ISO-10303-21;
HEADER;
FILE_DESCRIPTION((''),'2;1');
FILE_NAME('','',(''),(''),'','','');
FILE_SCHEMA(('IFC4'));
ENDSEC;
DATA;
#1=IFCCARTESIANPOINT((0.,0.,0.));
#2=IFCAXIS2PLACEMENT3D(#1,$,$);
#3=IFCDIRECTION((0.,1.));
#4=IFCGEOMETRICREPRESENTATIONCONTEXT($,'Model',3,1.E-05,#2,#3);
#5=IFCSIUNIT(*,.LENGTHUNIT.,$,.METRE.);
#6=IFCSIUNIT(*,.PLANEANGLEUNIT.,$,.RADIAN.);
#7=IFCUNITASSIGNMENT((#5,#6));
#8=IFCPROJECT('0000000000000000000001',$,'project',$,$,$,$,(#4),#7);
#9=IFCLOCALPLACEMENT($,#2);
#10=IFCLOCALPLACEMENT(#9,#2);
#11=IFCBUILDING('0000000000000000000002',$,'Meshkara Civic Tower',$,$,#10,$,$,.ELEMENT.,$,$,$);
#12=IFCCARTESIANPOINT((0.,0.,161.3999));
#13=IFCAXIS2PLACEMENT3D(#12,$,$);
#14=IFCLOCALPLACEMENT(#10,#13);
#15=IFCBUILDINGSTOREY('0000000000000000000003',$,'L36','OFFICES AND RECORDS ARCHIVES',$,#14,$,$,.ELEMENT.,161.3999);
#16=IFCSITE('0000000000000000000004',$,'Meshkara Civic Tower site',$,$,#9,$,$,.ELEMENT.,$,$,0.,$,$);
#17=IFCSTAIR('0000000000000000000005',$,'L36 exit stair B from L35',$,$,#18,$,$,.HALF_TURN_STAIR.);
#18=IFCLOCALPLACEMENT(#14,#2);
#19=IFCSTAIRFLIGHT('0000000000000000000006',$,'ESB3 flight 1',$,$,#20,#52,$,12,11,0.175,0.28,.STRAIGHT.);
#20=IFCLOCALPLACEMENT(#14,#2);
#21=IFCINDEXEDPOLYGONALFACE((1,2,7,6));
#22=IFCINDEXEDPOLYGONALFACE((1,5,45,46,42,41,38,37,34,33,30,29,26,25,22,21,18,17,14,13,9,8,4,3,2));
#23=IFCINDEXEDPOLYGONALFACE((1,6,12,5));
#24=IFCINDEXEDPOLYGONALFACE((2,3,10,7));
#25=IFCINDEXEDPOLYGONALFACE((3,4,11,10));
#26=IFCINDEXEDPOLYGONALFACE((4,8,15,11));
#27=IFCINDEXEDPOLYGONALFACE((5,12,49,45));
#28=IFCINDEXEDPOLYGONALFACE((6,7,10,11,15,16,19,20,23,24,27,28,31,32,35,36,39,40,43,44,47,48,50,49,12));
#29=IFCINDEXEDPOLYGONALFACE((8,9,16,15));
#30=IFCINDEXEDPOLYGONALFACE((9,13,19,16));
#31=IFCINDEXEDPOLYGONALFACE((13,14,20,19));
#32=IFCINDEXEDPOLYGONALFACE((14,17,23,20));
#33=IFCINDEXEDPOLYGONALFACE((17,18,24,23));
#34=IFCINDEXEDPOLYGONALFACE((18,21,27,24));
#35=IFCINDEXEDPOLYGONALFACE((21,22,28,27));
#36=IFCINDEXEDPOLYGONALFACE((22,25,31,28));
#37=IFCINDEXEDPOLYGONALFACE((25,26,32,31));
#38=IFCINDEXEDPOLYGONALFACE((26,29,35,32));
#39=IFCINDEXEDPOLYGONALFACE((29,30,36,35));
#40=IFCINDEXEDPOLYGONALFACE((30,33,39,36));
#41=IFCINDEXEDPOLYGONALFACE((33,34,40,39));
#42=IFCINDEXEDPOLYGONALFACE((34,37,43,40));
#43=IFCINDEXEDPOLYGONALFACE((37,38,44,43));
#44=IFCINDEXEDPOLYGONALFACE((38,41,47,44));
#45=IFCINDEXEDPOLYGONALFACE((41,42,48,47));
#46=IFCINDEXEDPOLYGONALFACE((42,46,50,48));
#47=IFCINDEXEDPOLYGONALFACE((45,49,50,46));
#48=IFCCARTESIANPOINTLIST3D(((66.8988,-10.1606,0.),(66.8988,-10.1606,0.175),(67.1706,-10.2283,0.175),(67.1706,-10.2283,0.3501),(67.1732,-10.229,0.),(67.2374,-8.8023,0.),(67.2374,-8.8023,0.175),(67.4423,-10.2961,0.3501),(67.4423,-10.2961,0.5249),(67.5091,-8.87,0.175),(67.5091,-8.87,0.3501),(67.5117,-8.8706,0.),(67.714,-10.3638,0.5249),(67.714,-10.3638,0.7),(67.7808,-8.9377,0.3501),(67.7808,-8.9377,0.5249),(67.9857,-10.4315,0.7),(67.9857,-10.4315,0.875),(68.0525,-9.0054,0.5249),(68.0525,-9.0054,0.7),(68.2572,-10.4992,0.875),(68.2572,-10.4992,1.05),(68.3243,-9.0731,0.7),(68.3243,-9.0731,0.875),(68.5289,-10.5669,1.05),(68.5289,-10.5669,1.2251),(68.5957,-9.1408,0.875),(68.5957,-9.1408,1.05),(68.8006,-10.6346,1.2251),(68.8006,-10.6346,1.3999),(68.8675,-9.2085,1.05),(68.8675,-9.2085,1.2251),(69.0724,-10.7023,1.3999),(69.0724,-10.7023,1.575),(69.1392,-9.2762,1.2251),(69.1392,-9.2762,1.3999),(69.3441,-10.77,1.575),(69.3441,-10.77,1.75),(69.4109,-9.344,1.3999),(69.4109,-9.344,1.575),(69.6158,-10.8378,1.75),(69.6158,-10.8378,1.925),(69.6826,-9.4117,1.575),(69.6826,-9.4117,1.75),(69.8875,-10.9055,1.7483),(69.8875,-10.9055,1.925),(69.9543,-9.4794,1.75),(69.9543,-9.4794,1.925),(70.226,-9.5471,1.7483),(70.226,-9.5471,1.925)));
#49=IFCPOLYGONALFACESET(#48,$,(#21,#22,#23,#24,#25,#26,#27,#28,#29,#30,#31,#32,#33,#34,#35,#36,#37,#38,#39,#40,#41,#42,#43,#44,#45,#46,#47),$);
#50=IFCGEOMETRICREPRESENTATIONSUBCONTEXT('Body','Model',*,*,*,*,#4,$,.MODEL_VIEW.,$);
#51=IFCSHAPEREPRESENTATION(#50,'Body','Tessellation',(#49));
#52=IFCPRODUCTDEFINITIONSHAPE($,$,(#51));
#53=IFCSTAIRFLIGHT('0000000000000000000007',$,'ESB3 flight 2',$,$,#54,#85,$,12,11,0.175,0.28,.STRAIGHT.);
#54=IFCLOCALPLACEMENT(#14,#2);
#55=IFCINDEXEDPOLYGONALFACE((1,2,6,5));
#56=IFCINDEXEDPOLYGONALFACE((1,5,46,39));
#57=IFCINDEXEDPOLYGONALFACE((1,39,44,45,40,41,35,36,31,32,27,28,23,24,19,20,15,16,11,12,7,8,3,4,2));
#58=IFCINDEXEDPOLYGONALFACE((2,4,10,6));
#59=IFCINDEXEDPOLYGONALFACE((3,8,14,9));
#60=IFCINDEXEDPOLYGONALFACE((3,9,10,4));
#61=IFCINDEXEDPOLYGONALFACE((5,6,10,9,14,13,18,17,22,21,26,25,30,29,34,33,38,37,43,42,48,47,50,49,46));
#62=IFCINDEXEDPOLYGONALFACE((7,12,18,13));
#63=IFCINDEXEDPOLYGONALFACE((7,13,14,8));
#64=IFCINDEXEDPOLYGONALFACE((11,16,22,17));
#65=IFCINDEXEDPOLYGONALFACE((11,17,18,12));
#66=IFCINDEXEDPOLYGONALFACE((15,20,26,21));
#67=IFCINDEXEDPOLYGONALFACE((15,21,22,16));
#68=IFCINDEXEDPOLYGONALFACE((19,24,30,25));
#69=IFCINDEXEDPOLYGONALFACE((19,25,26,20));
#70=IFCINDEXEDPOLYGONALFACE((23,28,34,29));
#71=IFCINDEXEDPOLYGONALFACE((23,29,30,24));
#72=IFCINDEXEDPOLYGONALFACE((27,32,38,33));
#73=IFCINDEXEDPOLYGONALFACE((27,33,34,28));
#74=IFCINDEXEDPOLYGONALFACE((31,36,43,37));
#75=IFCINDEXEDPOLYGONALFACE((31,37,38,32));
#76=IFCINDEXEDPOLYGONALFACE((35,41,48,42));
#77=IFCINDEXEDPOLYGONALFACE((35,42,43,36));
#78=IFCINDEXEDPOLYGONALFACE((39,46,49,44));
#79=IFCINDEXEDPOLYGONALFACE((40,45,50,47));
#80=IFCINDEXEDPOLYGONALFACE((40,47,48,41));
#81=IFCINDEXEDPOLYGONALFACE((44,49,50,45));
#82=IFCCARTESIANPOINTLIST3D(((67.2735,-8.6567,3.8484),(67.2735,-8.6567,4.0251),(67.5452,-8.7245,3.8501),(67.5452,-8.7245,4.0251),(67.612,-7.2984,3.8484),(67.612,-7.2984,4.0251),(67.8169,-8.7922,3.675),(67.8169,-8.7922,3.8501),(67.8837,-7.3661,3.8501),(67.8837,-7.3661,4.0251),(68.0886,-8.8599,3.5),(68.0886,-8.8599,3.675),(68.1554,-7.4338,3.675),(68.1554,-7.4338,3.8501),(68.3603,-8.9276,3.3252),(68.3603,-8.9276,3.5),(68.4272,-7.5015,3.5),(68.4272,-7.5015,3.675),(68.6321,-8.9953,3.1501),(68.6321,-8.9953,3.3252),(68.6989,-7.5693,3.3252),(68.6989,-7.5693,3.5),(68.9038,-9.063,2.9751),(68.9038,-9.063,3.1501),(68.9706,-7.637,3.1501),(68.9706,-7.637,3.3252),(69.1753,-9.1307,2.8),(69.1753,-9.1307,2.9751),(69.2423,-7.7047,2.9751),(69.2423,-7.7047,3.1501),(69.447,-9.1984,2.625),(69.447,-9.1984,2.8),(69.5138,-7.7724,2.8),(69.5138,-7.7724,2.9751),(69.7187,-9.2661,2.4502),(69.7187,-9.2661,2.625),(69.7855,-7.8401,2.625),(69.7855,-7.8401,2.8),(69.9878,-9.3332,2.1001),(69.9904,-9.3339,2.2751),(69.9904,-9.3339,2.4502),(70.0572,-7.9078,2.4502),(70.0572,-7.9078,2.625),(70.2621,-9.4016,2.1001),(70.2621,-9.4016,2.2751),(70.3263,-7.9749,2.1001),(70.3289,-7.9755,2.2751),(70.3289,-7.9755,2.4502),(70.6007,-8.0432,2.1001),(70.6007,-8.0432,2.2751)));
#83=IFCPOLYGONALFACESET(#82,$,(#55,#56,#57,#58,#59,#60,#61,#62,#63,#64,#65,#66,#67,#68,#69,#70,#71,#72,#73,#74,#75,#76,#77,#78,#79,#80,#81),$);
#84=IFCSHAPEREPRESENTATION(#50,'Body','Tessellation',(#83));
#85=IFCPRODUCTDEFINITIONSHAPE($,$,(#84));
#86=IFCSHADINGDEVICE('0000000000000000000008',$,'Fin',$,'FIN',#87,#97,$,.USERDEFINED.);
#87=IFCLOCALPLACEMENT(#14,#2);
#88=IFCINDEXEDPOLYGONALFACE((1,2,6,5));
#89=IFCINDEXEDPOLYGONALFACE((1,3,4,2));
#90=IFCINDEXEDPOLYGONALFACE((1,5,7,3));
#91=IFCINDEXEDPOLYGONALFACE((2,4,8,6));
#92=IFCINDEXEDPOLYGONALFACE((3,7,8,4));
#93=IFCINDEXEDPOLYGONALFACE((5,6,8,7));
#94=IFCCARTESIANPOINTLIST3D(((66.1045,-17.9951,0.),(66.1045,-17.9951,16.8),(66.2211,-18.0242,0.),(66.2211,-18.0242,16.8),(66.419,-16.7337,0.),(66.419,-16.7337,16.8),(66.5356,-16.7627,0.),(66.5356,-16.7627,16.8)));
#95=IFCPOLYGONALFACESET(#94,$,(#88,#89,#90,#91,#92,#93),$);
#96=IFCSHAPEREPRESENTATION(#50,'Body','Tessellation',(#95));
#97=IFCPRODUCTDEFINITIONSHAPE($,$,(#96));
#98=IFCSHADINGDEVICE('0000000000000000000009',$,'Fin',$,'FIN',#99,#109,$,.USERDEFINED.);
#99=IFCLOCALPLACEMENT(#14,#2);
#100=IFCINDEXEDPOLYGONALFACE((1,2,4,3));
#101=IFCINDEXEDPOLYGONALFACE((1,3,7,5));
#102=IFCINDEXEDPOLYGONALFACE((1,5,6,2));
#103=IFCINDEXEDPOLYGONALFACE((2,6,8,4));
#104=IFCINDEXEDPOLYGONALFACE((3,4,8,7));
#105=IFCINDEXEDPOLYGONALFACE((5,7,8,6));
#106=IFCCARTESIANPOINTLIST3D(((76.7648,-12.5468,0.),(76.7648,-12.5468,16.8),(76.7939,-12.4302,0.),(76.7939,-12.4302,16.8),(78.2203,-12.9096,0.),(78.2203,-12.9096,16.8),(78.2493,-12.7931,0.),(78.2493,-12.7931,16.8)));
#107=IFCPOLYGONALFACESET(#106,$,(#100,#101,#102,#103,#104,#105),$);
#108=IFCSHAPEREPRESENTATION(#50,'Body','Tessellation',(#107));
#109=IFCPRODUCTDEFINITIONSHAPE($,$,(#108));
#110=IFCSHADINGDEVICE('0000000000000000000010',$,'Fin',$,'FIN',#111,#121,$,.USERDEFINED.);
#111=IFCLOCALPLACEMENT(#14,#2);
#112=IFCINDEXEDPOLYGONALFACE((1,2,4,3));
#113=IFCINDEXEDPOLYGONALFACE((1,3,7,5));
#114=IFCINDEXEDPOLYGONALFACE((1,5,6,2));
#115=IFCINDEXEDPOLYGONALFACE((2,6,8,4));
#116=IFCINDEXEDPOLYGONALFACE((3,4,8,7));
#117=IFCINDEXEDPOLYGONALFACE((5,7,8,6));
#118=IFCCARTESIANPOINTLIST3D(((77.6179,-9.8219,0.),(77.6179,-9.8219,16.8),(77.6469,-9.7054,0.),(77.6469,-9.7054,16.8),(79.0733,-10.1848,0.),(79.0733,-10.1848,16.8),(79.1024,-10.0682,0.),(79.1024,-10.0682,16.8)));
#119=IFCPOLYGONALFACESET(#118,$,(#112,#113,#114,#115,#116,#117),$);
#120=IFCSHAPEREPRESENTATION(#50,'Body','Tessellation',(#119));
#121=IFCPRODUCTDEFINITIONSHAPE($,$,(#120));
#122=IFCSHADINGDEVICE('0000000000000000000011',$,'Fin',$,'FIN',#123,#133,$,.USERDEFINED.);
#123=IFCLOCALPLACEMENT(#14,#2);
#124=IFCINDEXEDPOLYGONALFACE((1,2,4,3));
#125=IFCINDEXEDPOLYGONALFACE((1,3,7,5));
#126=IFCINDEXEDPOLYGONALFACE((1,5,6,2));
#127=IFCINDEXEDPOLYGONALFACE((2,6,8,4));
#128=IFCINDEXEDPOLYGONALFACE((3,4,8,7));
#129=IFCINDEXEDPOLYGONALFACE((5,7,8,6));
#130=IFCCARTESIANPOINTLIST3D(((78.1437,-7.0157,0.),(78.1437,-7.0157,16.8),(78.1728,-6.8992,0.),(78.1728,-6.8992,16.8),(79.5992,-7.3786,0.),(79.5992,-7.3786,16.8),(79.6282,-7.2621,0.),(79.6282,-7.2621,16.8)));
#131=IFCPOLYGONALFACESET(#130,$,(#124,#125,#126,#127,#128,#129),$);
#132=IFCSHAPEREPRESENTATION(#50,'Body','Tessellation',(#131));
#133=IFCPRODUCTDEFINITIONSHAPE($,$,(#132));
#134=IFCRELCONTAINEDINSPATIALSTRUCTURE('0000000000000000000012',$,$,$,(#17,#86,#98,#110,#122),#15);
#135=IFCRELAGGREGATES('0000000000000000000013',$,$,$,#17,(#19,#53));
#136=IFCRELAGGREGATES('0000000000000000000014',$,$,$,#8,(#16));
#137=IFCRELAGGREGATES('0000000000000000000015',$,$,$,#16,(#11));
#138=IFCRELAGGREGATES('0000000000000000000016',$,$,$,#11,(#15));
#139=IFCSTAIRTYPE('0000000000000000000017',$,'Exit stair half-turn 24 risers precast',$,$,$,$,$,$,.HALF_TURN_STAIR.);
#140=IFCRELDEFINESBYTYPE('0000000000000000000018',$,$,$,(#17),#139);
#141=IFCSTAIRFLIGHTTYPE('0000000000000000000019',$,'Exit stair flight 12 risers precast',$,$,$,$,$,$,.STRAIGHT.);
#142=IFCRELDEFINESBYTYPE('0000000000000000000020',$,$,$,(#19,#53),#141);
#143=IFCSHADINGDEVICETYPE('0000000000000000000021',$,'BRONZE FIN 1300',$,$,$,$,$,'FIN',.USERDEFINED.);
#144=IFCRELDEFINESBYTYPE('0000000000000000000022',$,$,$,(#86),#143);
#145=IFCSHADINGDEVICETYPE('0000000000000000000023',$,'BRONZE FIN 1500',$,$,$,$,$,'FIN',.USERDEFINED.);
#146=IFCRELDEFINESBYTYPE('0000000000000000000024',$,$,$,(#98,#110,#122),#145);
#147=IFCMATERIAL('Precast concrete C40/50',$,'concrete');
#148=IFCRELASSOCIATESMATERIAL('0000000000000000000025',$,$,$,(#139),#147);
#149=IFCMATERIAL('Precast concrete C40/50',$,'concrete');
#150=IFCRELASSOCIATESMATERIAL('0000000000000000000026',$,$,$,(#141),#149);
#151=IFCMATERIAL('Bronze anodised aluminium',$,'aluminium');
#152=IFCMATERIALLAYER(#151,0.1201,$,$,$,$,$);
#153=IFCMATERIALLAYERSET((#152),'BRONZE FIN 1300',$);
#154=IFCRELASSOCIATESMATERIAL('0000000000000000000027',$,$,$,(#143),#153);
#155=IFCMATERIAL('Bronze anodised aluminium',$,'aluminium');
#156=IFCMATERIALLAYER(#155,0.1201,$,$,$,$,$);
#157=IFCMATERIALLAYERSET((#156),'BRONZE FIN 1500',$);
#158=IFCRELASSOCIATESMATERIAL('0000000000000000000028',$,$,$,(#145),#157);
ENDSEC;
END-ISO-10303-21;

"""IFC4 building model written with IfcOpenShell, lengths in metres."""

from ifc_helpers import new_model, si_unit, direction, frame, origin, origin_2d, place, context, subcontext, project, spatial, polyline, rectangle, outline, extrude, material, layer, layer_set, type_object, element, aggregate, save


model = new_model("IFC4")

# Units and contexts
model_context = context("Model", 3, precision=1e-05, world=origin(), true_north=direction((0.0, 1.0)))
body_context = subcontext(model_context, "Body", "Model", "MODEL_VIEW")
ifc_project = project(units=[si_unit("LENGTHUNIT", "METRE"), si_unit("PLANEANGLEUNIT", "RADIAN")], contexts=[model_context])

# Site, building, storey
site_placement = place(None, origin())
site = spatial("IfcSite", under=ifc_project, at=site_placement, Name="Meshkara Civic Tower site", CompositionType="ELEMENT", RefElevation=0.0)
building_placement = place(site_placement, origin())
building = spatial("IfcBuilding", under=site, at=building_placement, Name="Meshkara Civic Tower", CompositionType="ELEMENT")
storey_placement = place(building_placement, frame((0.0, 0.0, 161.3999)))
storey = spatial("IfcBuildingStorey", under=building, at=storey_placement, Name="L36", Description="OFFICES AND RECORDS ARCHIVES", CompositionType="ELEMENT", Elevation=161.3999)

# Stair, stair flights
ifc_material_1 = material(Name="Precast concrete C40/50", Category="concrete")
stair_type = type_object("IfcStairType", Name="Exit stair half-turn 24 risers precast", PredefinedType="HALF_TURN_STAIR", material=ifc_material_1)
stair_placement = place(storey_placement, origin())
stair = element("IfcStair", 1, at=stair_placement, inside=storey, type_object=stair_type, Name="L36 exit stair B from L35", PredefinedType="HALF_TURN_STAIR")
ifc_material_2 = material(Name="Precast concrete C40/50", Category="concrete")
stair_flight_type = type_object("IfcStairFlightType", Name="Exit stair flight 12 risers precast", PredefinedType="STRAIGHT", material=ifc_material_2)
stair_flight_1_placement = place(storey_placement, frame((67.0681, -9.4814, 0.0), z_axis=(0.0, 0.0, 1.0), x_axis=(0.970319, -0.24183, 0.0)))
stair_flight_1 = element("IfcStairFlight", 2, at=stair_flight_1_placement, type_object=stair_flight_type, Name="ESB3 flight 1", NumberOfRisers=12, NumberOfTreads=11, PredefinedType="STRAIGHT", RiserHeight=0.175, TreadLength=0.28, context=body_context, shape_type="SweptSolid", body=[
    extrude(outline(polyline([(0.0, 0.0), (0.0, 0.175), (0.28, 0.175), (0.28, 0.3501), (0.5601, 0.3501), (0.5601, 0.5249), (0.8401, 0.5249), (0.8401, 0.7), (1.1201, 0.7), (1.1201, 0.875), (1.3999, 0.875), (1.3999, 1.05), (1.6799, 1.05), (1.6799, 1.2251), (1.96, 1.2251), (1.96, 1.3999), (2.24, 1.3999), (2.24, 1.575), (2.52, 1.575), (2.52, 1.75), (2.8, 1.75), (2.8, 1.925), (3.0801, 1.925), (3.0801, 2.1001), (3.0801, 1.7483), (0.2827, 0.0), (0.0, 0.0)])), frame((0.0, 0.7, 0.0), z_axis=(0.0, -1.0, 0.0), x_axis=(1.0, 0.0, 0.0)), (0.0, 0.0, 1.0), 1.3999),
])
stair_flight_2_placement = place(storey_placement, frame((70.4314, -8.7224, 2.1001), z_axis=(0.0, 0.0, 1.0), x_axis=(-0.970319, 0.24183, 0.0)))
stair_flight_2 = element("IfcStairFlight", 3, at=stair_flight_2_placement, type_object=stair_flight_type, Name="ESB3 flight 2", NumberOfRisers=12, NumberOfTreads=11, PredefinedType="STRAIGHT", RiserHeight=0.175, TreadLength=0.28, context=body_context, shape_type="SweptSolid", body=[
    extrude(outline(polyline([(0.0, 0.0), (0.0, 0.175), (0.28, 0.175), (0.28, 0.3501), (0.5601, 0.3501), (0.5601, 0.5249), (0.8401, 0.5249), (0.8401, 0.7), (1.1201, 0.7), (1.1201, 0.875), (1.3999, 0.875), (1.3999, 1.05), (1.6799, 1.05), (1.6799, 1.2251), (1.96, 1.2251), (1.96, 1.3999), (2.24, 1.3999), (2.24, 1.575), (2.52, 1.575), (2.52, 1.75), (2.8, 1.75), (2.8, 1.925), (3.0801, 1.925), (3.0801, 2.1001), (3.0801, 1.7483), (0.2827, 0.0), (0.0, 0.0)])), frame((0.0, 0.7, 0.0), z_axis=(0.0, -1.0, 0.0), x_axis=(1.0, 0.0, 0.0)), (0.0, 0.0, 1.0), 1.3999),
])
aggregate(stair, [stair_flight_1, stair_flight_2])

# Shading devices
ifc_material_3 = material(Name="Bronze anodised aluminium", Category="aluminium")
ifc_layer_1 = layer(ifc_material_3, 0.1201)
ifc_layer_set_1 = layer_set([ifc_layer_1], Name="BRONZE FIN 1300")
shading_device_type_1 = type_object("IfcShadingDeviceType", Name="BRONZE FIN 1300", ElementType="FIN", PredefinedType="USERDEFINED", material=ifc_layer_set_1)
shading_device_placement = place(storey_placement, frame((66.3201, -17.3789, 0.0), z_axis=(0.0, 0.0, 1.0), x_axis=(0.9703, -0.241905, 0.0)))
element("IfcShadingDevice", 4, at=shading_device_placement, inside=storey, type_object=shading_device_type_1, Name="Fin", ObjectType="FIN", PredefinedType="USERDEFINED", context=body_context, shape_type="SweptSolid", body=[
    extrude(rectangle(XDim=0.1201, YDim=1.3, at=origin_2d()), origin(), (0.0, 0.0, 1.0), 16.8),
])
ifc_material_4 = material(Name="Bronze anodised aluminium", Category="aluminium")
ifc_layer_2 = layer(ifc_material_4, 0.1201)
ifc_layer_set_2 = layer_set([ifc_layer_2], Name="BRONZE FIN 1500")
shading_device_type_2 = type_object("IfcShadingDeviceType", Name="BRONZE FIN 1500", ElementType="FIN", PredefinedType="USERDEFINED", material=ifc_layer_set_2)
for number, where, z_axis, x_axis, name in (
    (5, (77.5071, -12.6699, 0.0), (0.0, 0.0, 1.0), (0.241922, 0.970296, 0.0), "Fin"),
    (6, (78.3601, -9.9451, 0.0), (0.0, 0.0, 1.0), (0.241922, 0.970296, 0.0), "Fin"),
    (7, (78.886, -7.1389, 0.0), (0.0, 0.0, 1.0), (0.241922, 0.970296, 0.0), "Fin"),
):
    element("IfcShadingDevice", number, at=place(storey_placement, frame(where, z_axis=z_axis, x_axis=x_axis)), inside=storey, type_object=shading_device_type_2, Name=name, ObjectType="FIN", PredefinedType="USERDEFINED", context=body_context, shape_type="SweptSolid", body=[
        extrude(rectangle(XDim=0.1201, YDim=1.5, at=origin_2d()), origin(), (0.0, 0.0, 1.0), 16.8),
    ])

save(model, "model.ifc")
